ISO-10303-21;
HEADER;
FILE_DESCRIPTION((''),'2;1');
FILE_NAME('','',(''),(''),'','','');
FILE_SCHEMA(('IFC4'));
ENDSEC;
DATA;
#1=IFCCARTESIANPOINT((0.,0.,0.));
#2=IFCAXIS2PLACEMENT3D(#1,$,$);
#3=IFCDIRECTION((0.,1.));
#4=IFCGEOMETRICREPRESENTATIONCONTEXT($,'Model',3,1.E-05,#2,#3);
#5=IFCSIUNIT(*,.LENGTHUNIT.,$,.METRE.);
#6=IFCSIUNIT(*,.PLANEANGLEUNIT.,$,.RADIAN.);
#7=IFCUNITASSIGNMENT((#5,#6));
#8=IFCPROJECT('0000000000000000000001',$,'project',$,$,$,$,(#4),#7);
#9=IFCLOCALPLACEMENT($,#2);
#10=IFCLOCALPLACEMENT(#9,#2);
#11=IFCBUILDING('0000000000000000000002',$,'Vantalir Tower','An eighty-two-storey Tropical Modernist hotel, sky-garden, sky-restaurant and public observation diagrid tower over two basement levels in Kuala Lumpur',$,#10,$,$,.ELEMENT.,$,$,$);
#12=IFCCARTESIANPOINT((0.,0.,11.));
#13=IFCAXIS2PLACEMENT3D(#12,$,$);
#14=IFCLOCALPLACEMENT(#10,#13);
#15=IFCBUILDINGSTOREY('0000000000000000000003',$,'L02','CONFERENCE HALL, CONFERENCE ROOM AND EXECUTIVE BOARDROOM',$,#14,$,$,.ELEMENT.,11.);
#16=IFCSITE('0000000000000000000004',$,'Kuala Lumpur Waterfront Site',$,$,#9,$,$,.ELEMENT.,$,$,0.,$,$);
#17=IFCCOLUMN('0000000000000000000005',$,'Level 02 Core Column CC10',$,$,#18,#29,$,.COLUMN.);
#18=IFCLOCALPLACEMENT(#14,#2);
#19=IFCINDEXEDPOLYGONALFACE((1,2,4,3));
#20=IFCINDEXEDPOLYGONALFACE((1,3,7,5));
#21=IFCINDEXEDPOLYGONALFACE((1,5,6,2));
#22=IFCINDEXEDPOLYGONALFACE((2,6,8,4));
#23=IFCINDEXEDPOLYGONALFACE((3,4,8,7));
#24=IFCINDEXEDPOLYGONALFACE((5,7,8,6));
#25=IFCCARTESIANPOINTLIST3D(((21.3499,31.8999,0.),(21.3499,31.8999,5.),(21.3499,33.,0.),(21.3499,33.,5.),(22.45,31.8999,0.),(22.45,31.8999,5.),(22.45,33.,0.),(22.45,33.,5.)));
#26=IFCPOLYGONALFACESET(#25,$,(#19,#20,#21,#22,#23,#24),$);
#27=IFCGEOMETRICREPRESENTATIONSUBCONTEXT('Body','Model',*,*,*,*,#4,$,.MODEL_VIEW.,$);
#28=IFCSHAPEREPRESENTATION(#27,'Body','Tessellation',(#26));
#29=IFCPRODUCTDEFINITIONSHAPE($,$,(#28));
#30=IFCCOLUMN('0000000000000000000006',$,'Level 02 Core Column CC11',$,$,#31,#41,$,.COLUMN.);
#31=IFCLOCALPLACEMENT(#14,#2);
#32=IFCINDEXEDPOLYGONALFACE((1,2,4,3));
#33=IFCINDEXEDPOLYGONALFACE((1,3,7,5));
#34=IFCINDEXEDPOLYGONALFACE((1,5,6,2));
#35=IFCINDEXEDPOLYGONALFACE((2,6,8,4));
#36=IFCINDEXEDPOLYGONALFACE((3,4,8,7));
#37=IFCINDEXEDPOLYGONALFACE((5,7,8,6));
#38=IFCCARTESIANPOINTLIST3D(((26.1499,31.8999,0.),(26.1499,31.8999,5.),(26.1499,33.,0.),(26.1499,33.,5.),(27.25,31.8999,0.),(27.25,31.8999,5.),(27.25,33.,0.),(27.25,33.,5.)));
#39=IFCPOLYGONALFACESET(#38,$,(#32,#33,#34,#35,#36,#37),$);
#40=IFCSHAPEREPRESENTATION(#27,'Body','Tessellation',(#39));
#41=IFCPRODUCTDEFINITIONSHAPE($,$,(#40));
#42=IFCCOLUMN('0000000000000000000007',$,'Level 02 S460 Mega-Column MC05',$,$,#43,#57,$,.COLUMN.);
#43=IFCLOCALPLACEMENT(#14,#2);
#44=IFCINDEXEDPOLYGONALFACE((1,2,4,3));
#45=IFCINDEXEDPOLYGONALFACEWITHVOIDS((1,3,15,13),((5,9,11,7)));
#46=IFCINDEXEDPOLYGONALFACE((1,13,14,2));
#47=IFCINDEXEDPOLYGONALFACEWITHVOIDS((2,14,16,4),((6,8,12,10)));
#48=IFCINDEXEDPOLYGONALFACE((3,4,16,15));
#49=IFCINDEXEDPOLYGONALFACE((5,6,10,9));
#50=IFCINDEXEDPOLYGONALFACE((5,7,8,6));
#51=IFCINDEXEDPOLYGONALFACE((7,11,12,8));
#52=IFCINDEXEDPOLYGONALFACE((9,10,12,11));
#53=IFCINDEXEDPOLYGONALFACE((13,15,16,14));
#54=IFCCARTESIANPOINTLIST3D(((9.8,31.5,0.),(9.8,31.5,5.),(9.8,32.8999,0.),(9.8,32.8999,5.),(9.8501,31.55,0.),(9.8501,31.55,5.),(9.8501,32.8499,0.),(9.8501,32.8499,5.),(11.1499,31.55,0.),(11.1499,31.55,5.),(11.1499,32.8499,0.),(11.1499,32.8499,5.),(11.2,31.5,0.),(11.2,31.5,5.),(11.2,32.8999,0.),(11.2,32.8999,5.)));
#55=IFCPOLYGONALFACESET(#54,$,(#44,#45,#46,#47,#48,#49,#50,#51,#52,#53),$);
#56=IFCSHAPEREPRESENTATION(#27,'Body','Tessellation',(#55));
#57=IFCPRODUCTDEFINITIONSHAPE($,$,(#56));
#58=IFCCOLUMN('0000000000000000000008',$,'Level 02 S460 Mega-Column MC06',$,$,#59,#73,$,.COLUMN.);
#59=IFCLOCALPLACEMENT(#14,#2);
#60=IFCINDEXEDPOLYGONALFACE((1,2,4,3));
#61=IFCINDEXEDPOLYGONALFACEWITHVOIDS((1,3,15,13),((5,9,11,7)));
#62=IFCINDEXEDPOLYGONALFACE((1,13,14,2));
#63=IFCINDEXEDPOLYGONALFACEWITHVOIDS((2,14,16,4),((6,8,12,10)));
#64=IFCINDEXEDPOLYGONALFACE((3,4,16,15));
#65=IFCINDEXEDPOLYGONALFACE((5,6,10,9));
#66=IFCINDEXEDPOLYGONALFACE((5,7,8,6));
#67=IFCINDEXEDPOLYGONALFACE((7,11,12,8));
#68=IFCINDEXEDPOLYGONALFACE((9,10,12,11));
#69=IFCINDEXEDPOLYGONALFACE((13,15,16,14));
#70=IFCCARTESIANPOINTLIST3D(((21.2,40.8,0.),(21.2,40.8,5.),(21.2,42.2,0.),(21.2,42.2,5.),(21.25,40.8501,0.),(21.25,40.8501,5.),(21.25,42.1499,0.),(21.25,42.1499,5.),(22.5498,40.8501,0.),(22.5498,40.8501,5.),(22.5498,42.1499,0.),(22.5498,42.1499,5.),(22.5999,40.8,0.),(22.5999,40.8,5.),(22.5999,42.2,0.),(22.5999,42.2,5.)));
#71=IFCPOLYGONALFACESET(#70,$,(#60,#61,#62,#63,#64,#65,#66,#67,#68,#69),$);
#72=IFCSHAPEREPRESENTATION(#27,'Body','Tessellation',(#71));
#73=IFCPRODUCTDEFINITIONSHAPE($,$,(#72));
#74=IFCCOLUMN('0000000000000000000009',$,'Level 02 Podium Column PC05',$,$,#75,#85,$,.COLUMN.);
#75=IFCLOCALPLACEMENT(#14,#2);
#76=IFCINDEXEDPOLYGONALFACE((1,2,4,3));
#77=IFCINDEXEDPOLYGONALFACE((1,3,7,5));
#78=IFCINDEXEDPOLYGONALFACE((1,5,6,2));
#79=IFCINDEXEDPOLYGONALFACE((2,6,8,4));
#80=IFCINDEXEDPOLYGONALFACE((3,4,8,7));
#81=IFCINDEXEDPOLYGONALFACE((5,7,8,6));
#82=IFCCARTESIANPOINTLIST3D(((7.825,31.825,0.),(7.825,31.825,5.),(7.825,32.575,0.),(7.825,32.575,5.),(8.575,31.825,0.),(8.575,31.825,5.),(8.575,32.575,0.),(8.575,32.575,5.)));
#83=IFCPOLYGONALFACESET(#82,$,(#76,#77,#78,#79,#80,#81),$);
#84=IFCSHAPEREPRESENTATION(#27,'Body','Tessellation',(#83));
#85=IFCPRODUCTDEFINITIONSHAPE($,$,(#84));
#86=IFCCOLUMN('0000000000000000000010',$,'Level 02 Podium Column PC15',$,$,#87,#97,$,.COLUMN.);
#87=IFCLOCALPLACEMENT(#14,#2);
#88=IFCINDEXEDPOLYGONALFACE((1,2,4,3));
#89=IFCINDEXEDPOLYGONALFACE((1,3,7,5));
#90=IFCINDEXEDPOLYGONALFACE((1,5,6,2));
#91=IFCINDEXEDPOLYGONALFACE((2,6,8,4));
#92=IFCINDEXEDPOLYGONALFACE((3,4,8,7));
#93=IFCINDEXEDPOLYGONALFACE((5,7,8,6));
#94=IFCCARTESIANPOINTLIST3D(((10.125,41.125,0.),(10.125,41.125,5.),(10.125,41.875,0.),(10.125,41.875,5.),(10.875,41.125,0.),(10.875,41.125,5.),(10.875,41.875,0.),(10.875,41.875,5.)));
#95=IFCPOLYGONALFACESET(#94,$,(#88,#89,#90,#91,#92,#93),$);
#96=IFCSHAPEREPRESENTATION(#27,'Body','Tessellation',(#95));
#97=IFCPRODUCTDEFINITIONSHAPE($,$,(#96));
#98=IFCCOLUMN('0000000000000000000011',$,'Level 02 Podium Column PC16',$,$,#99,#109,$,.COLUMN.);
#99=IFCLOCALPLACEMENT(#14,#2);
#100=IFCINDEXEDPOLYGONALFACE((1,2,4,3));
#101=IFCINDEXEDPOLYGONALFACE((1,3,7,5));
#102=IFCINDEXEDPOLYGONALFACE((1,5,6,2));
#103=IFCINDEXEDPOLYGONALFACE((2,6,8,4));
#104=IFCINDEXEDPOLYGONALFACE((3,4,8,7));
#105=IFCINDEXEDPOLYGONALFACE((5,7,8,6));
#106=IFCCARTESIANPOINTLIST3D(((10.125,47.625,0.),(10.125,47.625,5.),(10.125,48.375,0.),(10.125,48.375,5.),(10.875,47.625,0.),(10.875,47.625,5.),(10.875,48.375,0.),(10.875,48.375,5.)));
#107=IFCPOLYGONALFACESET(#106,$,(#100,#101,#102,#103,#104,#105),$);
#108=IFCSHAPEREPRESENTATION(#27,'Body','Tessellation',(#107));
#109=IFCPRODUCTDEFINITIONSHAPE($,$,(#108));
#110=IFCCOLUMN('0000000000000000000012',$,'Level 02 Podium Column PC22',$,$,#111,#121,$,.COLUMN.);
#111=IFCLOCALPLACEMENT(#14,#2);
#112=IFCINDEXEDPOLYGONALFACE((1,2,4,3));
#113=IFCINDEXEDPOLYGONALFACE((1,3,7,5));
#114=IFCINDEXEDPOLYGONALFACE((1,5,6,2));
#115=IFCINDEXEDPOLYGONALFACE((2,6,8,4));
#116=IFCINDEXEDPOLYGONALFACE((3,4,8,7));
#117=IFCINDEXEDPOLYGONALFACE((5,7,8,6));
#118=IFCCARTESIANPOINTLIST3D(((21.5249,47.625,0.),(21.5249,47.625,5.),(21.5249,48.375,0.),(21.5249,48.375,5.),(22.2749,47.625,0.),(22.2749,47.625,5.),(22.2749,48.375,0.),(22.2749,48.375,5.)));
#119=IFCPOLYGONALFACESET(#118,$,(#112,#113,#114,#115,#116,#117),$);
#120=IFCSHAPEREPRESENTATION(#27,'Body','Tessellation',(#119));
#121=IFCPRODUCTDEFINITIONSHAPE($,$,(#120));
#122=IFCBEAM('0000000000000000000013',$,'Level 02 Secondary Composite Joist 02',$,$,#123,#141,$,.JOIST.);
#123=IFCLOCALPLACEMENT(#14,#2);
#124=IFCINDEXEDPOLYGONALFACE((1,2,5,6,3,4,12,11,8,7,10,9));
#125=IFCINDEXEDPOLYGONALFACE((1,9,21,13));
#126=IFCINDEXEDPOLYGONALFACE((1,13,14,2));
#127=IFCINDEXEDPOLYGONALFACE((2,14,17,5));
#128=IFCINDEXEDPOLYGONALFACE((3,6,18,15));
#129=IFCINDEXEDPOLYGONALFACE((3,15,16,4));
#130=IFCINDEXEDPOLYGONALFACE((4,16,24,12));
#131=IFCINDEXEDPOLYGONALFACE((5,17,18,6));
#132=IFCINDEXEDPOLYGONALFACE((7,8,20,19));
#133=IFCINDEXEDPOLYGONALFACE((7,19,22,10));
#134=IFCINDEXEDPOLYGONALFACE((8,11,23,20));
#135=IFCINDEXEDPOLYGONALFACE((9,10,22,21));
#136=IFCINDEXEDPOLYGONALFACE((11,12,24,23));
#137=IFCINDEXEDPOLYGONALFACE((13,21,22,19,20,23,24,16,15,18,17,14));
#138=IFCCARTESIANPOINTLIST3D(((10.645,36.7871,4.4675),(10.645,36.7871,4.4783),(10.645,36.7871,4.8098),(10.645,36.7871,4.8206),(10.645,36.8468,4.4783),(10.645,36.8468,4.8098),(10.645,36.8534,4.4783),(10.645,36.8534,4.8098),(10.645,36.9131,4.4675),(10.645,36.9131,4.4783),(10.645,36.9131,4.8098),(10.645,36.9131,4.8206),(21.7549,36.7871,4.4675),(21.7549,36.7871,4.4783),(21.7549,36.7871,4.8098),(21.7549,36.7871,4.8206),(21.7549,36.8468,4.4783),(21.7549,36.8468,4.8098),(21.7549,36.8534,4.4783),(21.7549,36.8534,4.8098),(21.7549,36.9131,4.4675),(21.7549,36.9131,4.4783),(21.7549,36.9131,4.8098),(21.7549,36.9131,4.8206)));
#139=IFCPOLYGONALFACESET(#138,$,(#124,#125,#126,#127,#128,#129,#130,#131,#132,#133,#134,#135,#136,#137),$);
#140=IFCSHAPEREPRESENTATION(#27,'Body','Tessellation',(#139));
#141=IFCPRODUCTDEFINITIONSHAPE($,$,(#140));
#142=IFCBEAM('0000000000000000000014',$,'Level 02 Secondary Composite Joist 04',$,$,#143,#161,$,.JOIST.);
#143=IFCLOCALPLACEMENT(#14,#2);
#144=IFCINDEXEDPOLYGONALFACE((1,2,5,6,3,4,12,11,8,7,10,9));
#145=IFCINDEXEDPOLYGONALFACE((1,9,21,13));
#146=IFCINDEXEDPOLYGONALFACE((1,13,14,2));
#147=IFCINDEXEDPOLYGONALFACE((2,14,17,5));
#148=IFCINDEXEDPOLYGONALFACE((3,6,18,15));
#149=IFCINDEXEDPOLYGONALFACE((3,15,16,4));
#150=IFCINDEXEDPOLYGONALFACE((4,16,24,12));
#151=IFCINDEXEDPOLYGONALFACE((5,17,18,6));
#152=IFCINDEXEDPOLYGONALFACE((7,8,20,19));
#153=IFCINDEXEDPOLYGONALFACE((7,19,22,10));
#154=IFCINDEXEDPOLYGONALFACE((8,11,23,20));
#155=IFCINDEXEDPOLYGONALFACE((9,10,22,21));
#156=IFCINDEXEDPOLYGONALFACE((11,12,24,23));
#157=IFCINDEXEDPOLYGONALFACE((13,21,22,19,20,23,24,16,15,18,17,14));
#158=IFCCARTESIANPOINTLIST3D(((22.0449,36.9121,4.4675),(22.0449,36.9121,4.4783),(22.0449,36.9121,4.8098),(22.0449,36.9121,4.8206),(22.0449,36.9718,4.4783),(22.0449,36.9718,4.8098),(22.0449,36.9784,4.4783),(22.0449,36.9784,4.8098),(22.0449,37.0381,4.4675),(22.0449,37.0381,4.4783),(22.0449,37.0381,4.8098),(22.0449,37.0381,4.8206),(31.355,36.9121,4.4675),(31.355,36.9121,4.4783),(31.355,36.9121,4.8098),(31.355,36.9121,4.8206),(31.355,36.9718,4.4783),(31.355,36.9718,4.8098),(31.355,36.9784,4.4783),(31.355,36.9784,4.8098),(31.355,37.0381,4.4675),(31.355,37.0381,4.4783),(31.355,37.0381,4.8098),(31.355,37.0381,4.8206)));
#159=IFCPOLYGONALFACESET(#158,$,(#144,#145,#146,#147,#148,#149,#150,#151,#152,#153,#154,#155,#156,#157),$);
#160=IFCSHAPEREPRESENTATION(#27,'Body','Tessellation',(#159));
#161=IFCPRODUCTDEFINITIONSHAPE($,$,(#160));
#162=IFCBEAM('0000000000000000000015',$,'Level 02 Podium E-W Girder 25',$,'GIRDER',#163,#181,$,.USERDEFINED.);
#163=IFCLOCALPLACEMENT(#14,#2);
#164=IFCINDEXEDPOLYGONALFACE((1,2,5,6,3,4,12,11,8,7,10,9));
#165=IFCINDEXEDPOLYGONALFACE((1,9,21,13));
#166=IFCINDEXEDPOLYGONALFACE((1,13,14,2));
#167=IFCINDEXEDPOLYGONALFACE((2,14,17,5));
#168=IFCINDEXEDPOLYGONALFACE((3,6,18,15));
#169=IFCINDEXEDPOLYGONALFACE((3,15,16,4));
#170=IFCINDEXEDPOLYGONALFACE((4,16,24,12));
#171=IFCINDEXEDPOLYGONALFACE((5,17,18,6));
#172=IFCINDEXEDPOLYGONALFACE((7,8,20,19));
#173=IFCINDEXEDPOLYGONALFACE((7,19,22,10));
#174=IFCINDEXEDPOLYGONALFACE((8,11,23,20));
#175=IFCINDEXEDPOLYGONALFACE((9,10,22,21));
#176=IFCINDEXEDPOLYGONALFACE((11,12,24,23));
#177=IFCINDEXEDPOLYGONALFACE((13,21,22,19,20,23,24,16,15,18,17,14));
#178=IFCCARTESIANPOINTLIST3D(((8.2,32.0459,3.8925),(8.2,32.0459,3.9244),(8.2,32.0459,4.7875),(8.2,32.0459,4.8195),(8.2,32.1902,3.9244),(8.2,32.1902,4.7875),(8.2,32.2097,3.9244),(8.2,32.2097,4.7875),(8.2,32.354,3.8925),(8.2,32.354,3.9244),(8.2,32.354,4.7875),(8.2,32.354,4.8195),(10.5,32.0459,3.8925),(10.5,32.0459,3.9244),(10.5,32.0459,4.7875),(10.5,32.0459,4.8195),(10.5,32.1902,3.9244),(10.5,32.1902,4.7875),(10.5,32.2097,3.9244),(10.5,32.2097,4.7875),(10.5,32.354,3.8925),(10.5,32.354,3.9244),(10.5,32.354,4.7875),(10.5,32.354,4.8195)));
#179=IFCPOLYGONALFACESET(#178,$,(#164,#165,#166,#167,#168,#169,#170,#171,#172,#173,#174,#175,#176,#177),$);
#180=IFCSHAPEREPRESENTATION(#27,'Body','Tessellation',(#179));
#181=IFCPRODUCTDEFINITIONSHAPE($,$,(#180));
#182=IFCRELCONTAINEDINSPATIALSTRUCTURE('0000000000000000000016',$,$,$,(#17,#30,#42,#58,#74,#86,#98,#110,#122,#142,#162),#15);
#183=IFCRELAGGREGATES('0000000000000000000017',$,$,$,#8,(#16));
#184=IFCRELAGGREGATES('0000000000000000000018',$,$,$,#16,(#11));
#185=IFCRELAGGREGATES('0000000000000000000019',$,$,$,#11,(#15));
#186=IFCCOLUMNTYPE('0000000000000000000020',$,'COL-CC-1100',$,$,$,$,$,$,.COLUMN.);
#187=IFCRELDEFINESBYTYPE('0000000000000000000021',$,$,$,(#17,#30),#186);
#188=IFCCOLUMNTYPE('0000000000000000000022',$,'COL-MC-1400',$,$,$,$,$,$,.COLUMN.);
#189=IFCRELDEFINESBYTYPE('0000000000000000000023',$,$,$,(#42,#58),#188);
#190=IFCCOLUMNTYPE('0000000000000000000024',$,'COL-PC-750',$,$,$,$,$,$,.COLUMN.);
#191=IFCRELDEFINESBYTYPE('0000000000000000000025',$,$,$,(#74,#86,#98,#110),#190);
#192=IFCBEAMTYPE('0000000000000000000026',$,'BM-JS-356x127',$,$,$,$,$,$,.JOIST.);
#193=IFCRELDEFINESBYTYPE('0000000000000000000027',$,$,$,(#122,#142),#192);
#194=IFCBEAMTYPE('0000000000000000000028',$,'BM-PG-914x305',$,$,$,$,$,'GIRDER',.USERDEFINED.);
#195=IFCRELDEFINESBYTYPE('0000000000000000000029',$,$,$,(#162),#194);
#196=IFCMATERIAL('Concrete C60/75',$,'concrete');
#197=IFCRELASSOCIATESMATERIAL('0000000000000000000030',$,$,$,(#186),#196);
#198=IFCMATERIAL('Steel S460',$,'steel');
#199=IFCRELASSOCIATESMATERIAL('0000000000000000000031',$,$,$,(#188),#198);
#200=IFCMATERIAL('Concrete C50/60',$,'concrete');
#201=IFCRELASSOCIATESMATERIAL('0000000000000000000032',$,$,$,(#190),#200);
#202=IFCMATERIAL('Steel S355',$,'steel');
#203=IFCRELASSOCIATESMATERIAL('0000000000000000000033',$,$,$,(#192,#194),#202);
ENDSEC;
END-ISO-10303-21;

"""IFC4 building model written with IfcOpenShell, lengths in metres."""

from ifc_helpers import new_model, si_unit, direction, frame, origin, origin_2d, place, context, subcontext, project, spatial, rectangle, hollow_rectangle, i_section, extrude, material, material_profile, profile_set, type_object, element, save


model = new_model("IFC4")

# Units and contexts
model_context = context("Model", 3, precision=1e-05, world=origin(), true_north=direction((0.0, 1.0)))
body_context = subcontext(model_context, "Body", "Model", "MODEL_VIEW")
ifc_project = project(units=[si_unit("LENGTHUNIT", "METRE"), si_unit("PLANEANGLEUNIT", "RADIAN")], contexts=[model_context])

# Site, building, storey
site_placement = place(None, origin())
site = spatial("IfcSite", under=ifc_project, at=site_placement, Name="Kuala Lumpur Waterfront Site", CompositionType="ELEMENT", RefElevation=0.0)
building_placement = place(site_placement, origin())
building = spatial("IfcBuilding", under=site, at=building_placement, Name="Vantalir Tower", Description="An eighty-two-storey Tropical Modernist hotel, sky-garden, sky-restaurant and public observation diagrid tower over two basement levels in Kuala Lumpur", CompositionType="ELEMENT")
storey_placement = place(building_placement, frame((0.0, 0.0, 11.0)))
storey = spatial("IfcBuildingStorey", under=building, at=storey_placement, Name="L02", Description="CONFERENCE HALL, CONFERENCE ROOM AND EXECUTIVE BOARDROOM", CompositionType="ELEMENT", Elevation=11.0)

# Columns
ifc_material_1 = material(Name="Concrete C60/75", Category="concrete")
ifc_material_profile_1 = material_profile(ifc_material_1, rectangle(XDim=1.1001, YDim=1.1001, at=origin_2d()), Name="Concrete C60/75")
ifc_profile_set_1 = profile_set([ifc_material_profile_1], Name="Concrete C60/75")
column_type_1 = type_object("IfcColumnType", Name="COL-CC-1100", PredefinedType="COLUMN", material=ifc_profile_set_1)
for number, where, z_axis, x_axis, name in (
    (1, (21.8999, 32.45, 0.0), (0.0, 0.0, 1.0), (1.0, 0.0, 0.0), "Level 02 Core Column CC10"),
    (2, (26.7, 32.45, 0.0), (0.0, 0.0, 1.0), (1.0, 0.0, 0.0), "Level 02 Core Column CC11"),
):
    element("IfcColumn", number, at=place(storey_placement, frame(where, z_axis=z_axis, x_axis=x_axis)), inside=storey, type_object=column_type_1, Name=name, PredefinedType="COLUMN", context=body_context, shape_type="SweptSolid", body=[
        extrude(rectangle(XDim=1.1001, YDim=1.1001, at=origin_2d()), origin(), (0.0, 0.0, 1.0), 5.0),
    ])
ifc_material_2 = material(Name="Steel S460", Category="steel")
ifc_material_profile_2 = material_profile(ifc_material_2, hollow_rectangle(XDim=1.3999, YDim=1.3999, WallThickness=0.05, at=origin_2d()), Name="Steel S460")
ifc_profile_set_2 = profile_set([ifc_material_profile_2], Name="Steel S460")
column_type_2 = type_object("IfcColumnType", Name="COL-MC-1400", PredefinedType="COLUMN", material=ifc_profile_set_2)
for number, where, z_axis, x_axis, name in (
    (3, (10.5, 32.2, 0.0), (0.0, 0.0, 1.0), (1.0, 0.0, 0.0), "Level 02 S460 Mega-Column MC05"),
    (4, (21.8999, 41.5, 0.0), (0.0, 0.0, 1.0), (1.0, 0.0, 0.0), "Level 02 S460 Mega-Column MC06"),
):
    element("IfcColumn", number, at=place(storey_placement, frame(where, z_axis=z_axis, x_axis=x_axis)), inside=storey, type_object=column_type_2, Name=name, PredefinedType="COLUMN", context=body_context, shape_type="SweptSolid", body=[
        extrude(hollow_rectangle(XDim=1.3999, YDim=1.3999, WallThickness=0.05, at=origin_2d()), origin(), (0.0, 0.0, 1.0), 5.0),
    ])
ifc_material_3 = material(Name="Concrete C50/60", Category="concrete")
ifc_material_profile_3 = material_profile(ifc_material_3, rectangle(XDim=0.75, YDim=0.75, at=origin_2d()), Name="Concrete C50/60")
ifc_profile_set_3 = profile_set([ifc_material_profile_3], Name="Concrete C50/60")
column_type_3 = type_object("IfcColumnType", Name="COL-PC-750", PredefinedType="COLUMN", material=ifc_profile_set_3)
for number, where, z_axis, x_axis, name in (
    (5, (8.2, 32.2, 0.0), (0.0, 0.0, 1.0), (1.0, 0.0, 0.0), "Level 02 Podium Column PC05"),
    (6, (10.5, 41.5, 0.0), (0.0, 0.0, 1.0), (1.0, 0.0, 0.0), "Level 02 Podium Column PC15"),
    (7, (10.5, 48.0, 0.0), (0.0, 0.0, 1.0), (1.0, 0.0, 0.0), "Level 02 Podium Column PC16"),
    (8, (21.8999, 48.0, 0.0), (0.0, 0.0, 1.0), (1.0, 0.0, 0.0), "Level 02 Podium Column PC22"),
):
    element("IfcColumn", number, at=place(storey_placement, frame(where, z_axis=z_axis, x_axis=x_axis)), inside=storey, type_object=column_type_3, Name=name, PredefinedType="COLUMN", context=body_context, shape_type="SweptSolid", body=[
        extrude(rectangle(XDim=0.75, YDim=0.75, at=origin_2d()), origin(), (0.0, 0.0, 1.0), 5.0),
    ])

# Beams
ifc_material_4 = material(Name="Steel S355", Category="steel")
ifc_material_profile_4 = material_profile(ifc_material_4, i_section(OverallWidth=0.126, OverallDepth=0.353, WebThickness=0.0066, FlangeThickness=0.0107, at=origin_2d()), Name="Steel S355")
ifc_profile_set_4 = profile_set([ifc_material_profile_4], Name="Steel S355")
beam_type_1 = type_object("IfcBeamType", Name="BM-JS-356x127", PredefinedType="JOIST", material=ifc_profile_set_4)
beam_1_placement = place(storey_placement, frame((10.645, 36.8501, 4.644), z_axis=(1.0, 0.0, 0.0), x_axis=(0.0, 1.0, 0.0)))
element("IfcBeam", 9, at=beam_1_placement, inside=storey, type_object=beam_type_1, Name="Level 02 Secondary Composite Joist 02", PredefinedType="JOIST", context=body_context, shape_type="SweptSolid", body=[
    extrude(i_section(OverallWidth=0.126, OverallDepth=0.353, WebThickness=0.0066, FlangeThickness=0.0107, at=origin_2d()), origin(), (0.0, 0.0, 1.0), 11.1099),
])
beam_2_placement = place(storey_placement, frame((22.0449, 36.9751, 4.644), z_axis=(1.0, 0.0, 0.0), x_axis=(0.0, 1.0, 0.0)))
element("IfcBeam", 10, at=beam_2_placement, inside=storey, type_object=beam_type_1, Name="Level 02 Secondary Composite Joist 04", PredefinedType="JOIST", context=body_context, shape_type="SweptSolid", body=[
    extrude(i_section(OverallWidth=0.126, OverallDepth=0.353, WebThickness=0.0066, FlangeThickness=0.0107, at=origin_2d()), origin(), (0.0, 0.0, 1.0), 9.3101),
])
ifc_material_profile_5 = material_profile(ifc_material_4, i_section(OverallWidth=0.3081, OverallDepth=0.927, WebThickness=0.0195, FlangeThickness=0.032, at=origin_2d()), Name="Steel S355")
ifc_profile_set_5 = profile_set([ifc_material_profile_5], Name="Steel S355")
beam_type_2 = type_object("IfcBeamType", Name="BM-PG-914x305", ElementType="GIRDER", PredefinedType="USERDEFINED", material=ifc_profile_set_5)
beam_3_placement = place(storey_placement, frame((8.2, 32.2, 4.356), z_axis=(1.0, 0.0, 0.0), x_axis=(0.0, 1.0, 0.0)))
element("IfcBeam", 11, at=beam_3_placement, inside=storey, type_object=beam_type_2, Name="Level 02 Podium E-W Girder 25", ObjectType="GIRDER", PredefinedType="USERDEFINED", context=body_context, shape_type="SweptSolid", body=[
    extrude(i_section(OverallWidth=0.3081, OverallDepth=0.927, WebThickness=0.0195, FlangeThickness=0.032, at=origin_2d()), origin(), (0.0, 0.0, 1.0), 2.3),
])

save(model, "model.ifc")
